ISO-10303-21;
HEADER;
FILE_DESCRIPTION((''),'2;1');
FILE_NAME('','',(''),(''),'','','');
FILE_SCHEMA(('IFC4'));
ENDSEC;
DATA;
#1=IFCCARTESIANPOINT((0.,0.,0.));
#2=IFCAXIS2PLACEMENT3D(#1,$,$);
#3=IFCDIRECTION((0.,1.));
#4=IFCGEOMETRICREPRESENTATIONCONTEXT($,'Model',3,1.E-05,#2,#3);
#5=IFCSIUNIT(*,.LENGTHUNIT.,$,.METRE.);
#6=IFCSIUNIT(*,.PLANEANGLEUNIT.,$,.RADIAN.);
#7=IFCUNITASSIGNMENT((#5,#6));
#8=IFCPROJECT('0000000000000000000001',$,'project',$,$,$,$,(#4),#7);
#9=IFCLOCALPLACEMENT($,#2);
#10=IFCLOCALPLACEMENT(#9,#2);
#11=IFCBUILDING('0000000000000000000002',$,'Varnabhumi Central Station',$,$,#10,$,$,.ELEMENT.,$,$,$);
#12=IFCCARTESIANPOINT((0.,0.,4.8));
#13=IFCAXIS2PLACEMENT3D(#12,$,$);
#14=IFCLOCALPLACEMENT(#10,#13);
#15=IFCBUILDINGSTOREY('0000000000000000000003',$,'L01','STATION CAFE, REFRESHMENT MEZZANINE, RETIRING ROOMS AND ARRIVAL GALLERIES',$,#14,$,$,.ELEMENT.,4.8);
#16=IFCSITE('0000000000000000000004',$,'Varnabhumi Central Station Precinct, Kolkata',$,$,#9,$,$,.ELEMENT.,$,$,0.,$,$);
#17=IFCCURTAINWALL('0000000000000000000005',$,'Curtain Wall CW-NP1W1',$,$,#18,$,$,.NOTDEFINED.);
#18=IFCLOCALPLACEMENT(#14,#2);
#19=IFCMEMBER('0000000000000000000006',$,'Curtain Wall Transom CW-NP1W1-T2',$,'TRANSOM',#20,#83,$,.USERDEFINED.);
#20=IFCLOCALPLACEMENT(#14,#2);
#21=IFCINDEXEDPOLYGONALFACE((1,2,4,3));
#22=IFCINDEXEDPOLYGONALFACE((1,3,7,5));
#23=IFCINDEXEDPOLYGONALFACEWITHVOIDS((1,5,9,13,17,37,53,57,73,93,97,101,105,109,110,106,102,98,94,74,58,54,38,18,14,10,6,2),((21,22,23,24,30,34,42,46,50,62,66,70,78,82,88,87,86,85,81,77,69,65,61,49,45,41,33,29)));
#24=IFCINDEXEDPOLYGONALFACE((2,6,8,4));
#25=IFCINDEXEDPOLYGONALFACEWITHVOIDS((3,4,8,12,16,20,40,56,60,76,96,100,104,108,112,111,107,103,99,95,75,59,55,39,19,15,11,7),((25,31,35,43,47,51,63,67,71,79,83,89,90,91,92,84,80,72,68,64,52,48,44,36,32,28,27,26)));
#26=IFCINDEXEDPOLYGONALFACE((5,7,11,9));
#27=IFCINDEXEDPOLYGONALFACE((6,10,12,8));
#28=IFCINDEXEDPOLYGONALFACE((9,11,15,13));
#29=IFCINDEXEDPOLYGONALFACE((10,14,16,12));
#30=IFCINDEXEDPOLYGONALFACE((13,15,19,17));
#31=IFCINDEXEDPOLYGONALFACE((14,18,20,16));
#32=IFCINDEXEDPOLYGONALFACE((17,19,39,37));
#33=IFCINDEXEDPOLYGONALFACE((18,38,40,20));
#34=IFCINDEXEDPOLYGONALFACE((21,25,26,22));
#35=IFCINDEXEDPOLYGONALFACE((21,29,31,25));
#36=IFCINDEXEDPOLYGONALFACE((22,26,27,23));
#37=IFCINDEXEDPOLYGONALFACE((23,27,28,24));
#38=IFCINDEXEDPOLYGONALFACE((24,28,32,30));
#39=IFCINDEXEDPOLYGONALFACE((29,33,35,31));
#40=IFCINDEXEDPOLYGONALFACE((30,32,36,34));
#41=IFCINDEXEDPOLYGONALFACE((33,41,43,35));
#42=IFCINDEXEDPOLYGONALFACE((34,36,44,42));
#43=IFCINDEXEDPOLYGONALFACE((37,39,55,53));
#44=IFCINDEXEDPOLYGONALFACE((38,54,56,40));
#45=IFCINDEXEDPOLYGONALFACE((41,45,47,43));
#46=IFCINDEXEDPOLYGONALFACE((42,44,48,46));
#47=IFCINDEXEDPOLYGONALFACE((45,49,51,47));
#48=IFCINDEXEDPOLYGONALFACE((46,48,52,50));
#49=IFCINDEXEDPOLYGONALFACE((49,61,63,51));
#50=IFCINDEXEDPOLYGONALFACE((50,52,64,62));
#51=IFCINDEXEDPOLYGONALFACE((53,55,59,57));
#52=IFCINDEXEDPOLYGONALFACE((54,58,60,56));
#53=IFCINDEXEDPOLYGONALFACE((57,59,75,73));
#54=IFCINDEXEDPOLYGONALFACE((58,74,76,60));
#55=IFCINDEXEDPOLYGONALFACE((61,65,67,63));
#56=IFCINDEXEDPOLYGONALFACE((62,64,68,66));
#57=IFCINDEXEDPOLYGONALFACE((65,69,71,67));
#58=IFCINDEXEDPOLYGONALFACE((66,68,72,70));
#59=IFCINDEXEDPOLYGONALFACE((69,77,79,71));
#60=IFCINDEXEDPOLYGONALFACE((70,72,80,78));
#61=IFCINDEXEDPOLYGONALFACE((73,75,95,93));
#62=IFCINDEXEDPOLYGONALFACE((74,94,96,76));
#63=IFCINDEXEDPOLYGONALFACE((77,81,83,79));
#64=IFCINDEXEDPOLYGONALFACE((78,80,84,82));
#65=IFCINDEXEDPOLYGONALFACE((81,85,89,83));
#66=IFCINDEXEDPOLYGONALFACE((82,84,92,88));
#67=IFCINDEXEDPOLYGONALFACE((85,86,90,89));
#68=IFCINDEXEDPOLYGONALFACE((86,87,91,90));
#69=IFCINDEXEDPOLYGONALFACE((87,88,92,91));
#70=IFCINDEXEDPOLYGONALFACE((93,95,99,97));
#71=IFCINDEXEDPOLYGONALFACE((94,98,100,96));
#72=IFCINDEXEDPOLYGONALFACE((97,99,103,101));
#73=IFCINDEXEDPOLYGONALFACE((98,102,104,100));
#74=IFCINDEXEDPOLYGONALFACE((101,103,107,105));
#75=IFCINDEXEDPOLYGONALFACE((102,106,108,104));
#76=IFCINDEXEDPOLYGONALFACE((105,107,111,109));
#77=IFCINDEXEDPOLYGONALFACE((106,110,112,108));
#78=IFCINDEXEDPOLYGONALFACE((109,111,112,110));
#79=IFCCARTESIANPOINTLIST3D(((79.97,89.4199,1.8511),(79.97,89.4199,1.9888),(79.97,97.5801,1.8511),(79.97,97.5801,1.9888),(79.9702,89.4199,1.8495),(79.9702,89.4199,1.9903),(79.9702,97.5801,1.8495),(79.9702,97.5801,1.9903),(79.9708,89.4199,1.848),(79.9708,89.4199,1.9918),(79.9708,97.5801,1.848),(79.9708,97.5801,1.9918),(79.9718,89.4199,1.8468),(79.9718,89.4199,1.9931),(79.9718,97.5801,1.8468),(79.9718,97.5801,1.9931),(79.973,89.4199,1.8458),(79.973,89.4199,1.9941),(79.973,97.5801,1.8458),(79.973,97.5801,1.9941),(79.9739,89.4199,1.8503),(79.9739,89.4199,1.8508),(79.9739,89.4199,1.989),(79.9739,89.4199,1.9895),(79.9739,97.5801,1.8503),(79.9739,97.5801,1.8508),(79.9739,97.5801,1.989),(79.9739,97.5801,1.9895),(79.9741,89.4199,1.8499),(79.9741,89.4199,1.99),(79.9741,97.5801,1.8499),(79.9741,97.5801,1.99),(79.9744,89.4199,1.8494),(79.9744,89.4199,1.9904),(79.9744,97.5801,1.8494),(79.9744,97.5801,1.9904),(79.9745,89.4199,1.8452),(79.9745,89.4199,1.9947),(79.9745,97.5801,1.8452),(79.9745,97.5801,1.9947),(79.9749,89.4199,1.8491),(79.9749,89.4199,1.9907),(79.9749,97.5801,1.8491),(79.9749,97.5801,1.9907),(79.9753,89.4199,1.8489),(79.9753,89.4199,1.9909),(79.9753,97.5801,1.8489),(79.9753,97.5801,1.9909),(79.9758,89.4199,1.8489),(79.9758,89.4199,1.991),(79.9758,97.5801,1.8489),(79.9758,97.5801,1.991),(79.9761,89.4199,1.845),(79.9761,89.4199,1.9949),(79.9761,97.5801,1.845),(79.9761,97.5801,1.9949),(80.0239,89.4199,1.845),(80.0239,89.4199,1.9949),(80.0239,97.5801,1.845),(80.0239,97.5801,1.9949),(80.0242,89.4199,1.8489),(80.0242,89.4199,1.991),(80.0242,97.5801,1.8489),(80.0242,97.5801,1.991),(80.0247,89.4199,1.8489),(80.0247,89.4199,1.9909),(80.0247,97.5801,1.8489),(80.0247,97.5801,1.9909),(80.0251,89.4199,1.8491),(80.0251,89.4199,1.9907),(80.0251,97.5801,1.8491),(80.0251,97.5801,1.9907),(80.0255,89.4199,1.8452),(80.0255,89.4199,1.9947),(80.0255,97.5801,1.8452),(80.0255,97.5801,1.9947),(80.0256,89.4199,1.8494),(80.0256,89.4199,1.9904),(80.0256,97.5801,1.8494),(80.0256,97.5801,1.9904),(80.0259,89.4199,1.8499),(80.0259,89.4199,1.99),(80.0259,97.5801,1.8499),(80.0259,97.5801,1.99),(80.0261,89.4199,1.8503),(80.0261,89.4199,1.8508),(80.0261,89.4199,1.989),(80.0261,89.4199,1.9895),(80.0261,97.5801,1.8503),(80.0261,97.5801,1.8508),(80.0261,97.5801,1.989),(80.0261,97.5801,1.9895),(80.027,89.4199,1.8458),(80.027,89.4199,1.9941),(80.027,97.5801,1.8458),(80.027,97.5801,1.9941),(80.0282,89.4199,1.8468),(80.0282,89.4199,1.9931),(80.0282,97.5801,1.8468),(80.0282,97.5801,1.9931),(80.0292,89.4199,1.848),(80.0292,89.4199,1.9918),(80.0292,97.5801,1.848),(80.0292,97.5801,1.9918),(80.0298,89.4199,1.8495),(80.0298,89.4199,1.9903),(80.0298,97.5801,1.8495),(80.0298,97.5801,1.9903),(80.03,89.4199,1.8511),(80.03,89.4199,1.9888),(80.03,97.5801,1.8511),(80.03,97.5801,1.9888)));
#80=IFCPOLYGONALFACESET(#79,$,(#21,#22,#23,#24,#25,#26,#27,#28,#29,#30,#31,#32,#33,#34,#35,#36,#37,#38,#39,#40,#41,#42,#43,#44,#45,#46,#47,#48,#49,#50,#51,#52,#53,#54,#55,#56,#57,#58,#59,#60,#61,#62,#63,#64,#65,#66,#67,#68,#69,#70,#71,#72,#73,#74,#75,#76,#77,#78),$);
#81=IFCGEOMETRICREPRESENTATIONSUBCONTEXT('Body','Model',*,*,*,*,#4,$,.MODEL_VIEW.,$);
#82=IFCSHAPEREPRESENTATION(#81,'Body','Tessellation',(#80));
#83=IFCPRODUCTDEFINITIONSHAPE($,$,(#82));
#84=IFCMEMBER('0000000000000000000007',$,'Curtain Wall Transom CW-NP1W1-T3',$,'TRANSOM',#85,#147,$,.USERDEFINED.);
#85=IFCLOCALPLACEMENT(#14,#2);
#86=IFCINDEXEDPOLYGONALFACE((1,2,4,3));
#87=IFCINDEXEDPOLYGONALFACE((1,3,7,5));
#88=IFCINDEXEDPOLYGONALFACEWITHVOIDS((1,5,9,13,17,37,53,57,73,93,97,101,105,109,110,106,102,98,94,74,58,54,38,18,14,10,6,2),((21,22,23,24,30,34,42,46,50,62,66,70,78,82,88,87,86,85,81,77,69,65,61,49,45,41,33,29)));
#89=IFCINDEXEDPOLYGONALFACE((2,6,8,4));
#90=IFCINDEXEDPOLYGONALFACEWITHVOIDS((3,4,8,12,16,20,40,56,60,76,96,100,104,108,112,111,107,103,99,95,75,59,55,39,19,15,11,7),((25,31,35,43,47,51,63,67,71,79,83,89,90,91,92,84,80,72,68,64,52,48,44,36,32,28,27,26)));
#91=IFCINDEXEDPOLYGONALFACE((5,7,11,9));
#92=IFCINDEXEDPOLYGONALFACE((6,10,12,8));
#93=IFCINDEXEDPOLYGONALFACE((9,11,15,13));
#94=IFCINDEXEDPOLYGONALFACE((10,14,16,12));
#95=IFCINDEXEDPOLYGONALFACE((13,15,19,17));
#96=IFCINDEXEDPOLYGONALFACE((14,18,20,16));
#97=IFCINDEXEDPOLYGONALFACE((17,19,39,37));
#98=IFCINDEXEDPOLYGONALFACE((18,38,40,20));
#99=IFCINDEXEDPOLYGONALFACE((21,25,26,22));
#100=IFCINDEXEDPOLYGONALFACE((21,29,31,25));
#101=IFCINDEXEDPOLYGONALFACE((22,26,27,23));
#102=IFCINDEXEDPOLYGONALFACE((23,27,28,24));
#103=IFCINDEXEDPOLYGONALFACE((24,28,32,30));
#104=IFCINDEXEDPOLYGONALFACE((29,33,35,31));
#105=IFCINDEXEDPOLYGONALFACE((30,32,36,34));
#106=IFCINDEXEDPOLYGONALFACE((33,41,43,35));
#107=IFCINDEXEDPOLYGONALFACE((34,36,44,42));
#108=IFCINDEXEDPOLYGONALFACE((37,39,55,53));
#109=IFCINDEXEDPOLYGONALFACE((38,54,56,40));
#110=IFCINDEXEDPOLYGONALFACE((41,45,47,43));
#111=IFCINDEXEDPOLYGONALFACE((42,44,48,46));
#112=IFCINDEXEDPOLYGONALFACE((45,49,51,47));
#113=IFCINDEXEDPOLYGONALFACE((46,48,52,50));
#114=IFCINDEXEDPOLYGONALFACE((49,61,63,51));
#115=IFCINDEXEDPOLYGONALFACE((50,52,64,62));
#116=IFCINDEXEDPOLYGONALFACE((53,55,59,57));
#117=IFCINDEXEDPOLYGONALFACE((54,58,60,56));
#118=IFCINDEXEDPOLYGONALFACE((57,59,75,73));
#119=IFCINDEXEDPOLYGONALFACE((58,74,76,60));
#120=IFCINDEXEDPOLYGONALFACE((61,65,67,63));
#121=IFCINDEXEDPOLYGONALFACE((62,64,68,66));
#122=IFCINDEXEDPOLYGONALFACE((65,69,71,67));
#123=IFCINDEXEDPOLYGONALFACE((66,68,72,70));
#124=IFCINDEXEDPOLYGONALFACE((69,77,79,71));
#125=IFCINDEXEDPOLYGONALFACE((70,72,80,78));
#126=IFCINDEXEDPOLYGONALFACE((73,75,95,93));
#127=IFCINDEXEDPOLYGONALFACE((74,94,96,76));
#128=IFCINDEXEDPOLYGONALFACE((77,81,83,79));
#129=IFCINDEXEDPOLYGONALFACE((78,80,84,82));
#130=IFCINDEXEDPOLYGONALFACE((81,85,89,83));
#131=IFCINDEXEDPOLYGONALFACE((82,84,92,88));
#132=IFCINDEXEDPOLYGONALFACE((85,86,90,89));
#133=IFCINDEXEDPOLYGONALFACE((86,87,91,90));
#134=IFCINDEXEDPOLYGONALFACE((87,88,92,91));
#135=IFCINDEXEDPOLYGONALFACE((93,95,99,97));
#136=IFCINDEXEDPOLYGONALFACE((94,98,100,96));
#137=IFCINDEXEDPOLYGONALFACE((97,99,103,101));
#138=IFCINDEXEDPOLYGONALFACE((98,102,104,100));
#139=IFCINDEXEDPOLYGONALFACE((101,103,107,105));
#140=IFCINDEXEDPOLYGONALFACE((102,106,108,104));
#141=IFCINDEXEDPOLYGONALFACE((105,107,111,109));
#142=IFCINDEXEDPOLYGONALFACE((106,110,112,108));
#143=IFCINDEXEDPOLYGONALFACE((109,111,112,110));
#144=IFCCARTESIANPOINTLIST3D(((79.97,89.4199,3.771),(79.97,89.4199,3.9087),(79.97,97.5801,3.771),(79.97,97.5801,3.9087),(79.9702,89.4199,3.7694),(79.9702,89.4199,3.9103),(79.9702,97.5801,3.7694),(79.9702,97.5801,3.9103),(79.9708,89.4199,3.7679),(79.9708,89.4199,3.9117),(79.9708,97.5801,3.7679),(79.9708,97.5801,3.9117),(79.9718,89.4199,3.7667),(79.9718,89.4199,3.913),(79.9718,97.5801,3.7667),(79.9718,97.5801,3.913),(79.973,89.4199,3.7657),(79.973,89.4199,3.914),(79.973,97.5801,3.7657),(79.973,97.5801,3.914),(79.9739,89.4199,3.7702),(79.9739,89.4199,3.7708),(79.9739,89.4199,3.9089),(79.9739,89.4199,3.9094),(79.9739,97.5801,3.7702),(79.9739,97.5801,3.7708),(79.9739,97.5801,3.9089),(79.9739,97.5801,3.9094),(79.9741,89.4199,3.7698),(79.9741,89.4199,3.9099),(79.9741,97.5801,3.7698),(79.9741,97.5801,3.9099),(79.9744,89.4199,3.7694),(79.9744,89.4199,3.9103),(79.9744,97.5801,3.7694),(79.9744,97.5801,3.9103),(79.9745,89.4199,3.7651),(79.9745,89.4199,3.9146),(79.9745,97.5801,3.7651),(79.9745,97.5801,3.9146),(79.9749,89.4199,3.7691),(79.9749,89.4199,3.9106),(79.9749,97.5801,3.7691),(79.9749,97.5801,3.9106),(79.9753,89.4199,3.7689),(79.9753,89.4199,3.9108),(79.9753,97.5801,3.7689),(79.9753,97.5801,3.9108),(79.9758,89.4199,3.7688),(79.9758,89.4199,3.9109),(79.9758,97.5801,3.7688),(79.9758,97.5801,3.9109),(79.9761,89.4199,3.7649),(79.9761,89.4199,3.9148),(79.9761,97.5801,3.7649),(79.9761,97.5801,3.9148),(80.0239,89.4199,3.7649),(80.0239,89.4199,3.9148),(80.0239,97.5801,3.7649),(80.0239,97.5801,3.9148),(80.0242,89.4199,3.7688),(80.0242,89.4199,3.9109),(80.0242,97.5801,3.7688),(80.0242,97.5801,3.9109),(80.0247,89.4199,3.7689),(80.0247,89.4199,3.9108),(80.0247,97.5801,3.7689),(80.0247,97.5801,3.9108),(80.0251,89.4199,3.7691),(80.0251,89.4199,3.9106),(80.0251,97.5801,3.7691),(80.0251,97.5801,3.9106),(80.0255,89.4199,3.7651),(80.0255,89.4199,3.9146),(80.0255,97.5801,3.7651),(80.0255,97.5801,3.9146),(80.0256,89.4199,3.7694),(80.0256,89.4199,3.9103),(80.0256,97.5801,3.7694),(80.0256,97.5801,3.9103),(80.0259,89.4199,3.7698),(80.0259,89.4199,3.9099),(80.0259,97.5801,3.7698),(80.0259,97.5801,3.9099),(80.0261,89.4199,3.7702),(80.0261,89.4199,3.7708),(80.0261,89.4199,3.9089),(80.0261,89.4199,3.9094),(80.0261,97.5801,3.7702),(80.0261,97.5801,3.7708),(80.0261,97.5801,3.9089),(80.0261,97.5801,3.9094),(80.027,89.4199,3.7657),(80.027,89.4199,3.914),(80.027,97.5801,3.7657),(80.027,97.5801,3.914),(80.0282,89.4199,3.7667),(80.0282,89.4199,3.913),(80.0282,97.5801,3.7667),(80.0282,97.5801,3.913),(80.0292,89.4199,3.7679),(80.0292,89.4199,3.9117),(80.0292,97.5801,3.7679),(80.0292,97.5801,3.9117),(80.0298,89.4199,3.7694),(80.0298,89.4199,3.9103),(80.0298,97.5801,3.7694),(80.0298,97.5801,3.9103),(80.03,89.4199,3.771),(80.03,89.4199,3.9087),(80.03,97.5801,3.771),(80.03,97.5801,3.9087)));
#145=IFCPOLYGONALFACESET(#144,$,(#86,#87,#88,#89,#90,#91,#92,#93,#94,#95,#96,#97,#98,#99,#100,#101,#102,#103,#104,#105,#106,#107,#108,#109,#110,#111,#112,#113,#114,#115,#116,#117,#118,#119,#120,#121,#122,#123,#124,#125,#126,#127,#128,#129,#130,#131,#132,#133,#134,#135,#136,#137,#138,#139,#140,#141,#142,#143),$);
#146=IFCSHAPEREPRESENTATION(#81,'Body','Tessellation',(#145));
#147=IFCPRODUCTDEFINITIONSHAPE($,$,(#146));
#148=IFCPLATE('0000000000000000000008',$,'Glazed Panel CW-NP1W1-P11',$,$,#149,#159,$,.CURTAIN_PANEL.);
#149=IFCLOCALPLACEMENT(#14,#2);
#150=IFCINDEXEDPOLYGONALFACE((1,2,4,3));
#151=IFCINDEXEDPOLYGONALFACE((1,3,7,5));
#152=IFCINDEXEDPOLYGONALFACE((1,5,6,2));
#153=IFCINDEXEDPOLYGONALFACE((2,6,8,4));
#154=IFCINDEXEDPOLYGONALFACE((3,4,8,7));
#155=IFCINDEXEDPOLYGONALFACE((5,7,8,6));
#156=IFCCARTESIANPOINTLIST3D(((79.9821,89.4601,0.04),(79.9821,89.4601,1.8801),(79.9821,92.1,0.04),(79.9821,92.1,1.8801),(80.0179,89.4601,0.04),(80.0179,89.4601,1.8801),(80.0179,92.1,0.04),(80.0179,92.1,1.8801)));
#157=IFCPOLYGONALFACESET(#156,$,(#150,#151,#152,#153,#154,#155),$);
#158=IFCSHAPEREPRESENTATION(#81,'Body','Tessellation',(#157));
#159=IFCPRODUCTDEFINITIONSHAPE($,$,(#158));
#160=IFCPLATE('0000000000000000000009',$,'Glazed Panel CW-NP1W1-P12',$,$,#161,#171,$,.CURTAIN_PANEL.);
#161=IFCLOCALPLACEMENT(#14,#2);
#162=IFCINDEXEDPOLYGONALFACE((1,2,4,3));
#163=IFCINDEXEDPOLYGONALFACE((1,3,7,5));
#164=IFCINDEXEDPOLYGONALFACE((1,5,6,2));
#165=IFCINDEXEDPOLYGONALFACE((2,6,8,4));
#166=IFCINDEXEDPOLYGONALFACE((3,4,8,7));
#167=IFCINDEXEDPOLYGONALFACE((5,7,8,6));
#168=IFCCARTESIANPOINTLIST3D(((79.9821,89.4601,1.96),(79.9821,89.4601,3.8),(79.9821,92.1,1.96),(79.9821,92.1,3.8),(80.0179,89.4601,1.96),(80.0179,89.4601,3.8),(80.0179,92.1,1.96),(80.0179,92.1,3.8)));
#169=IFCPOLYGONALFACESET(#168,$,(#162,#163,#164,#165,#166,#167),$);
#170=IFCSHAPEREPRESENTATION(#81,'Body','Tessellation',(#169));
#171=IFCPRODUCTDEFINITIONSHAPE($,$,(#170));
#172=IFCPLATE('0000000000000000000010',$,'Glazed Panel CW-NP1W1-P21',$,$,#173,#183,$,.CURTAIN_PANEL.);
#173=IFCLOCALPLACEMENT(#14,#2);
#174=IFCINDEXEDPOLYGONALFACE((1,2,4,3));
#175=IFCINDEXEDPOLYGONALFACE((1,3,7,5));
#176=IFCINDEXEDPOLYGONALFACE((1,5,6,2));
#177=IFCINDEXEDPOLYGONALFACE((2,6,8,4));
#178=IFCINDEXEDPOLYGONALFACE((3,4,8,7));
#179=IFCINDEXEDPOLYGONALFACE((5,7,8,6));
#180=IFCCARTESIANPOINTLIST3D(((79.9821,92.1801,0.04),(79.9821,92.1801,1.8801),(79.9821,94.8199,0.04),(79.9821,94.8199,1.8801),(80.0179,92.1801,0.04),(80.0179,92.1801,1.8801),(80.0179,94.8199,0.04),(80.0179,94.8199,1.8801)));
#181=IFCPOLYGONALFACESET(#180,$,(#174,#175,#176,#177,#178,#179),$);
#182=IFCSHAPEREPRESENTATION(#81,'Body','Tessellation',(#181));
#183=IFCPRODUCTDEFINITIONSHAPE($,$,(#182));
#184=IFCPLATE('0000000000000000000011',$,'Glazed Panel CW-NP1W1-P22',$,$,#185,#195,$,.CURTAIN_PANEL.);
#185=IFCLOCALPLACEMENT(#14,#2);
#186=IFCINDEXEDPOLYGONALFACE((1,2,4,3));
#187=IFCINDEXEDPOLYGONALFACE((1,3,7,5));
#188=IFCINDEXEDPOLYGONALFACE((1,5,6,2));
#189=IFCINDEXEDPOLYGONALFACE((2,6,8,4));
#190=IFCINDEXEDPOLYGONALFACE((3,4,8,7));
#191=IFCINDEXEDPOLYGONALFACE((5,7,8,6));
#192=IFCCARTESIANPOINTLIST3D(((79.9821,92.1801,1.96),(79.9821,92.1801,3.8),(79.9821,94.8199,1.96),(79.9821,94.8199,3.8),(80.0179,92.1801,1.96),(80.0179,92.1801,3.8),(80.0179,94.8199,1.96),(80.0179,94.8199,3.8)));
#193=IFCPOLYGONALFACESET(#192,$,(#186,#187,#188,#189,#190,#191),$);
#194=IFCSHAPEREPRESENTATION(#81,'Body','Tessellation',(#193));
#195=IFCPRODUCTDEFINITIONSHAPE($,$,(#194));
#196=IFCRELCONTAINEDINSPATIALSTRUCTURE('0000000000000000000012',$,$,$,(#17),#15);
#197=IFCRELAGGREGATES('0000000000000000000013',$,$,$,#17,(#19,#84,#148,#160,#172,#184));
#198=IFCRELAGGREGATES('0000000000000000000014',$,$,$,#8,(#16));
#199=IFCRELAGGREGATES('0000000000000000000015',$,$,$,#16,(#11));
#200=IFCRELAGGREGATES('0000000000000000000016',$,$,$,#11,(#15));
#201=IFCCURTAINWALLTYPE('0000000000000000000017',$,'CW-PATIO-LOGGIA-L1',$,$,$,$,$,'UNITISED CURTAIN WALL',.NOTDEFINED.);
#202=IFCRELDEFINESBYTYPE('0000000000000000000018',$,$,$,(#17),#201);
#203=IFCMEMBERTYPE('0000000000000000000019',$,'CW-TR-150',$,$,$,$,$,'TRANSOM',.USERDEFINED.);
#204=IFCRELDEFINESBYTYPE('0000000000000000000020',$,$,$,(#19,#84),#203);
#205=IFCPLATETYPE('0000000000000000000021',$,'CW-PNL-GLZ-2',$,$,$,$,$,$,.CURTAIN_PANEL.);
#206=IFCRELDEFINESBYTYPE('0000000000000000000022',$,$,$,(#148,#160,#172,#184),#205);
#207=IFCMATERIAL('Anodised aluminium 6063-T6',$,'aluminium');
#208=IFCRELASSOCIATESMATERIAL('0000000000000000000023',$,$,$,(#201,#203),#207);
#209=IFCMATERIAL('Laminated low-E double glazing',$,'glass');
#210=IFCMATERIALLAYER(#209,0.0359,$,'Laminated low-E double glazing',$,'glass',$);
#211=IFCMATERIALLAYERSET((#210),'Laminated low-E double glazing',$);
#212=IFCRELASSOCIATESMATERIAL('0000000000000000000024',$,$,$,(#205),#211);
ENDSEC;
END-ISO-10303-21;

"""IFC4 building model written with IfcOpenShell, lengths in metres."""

from ifc_helpers import new_model, si_unit, direction, frame, origin, origin_2d, place, context, subcontext, project, spatial, rectangle, hollow_rectangle, extrude, material, layer, layer_set, material_profile, profile_set, type_object, element, aggregate, save


model = new_model("IFC4")

# Units and contexts
model_context = context("Model", 3, precision=1e-05, world=origin(), true_north=direction((0.0, 1.0)))
body_context = subcontext(model_context, "Body", "Model", "MODEL_VIEW")
ifc_project = project(units=[si_unit("LENGTHUNIT", "METRE"), si_unit("PLANEANGLEUNIT", "RADIAN")], contexts=[model_context])

# Site, building, storey
site_placement = place(None, origin())
site = spatial("IfcSite", under=ifc_project, at=site_placement, Name="Varnabhumi Central Station Precinct, Kolkata", CompositionType="ELEMENT", RefElevation=0.0)
building_placement = place(site_placement, origin())
building = spatial("IfcBuilding", under=site, at=building_placement, Name="Varnabhumi Central Station", CompositionType="ELEMENT")
storey_placement = place(building_placement, frame((0.0, 0.0, 4.8)))
storey = spatial("IfcBuildingStorey", under=building, at=storey_placement, Name="L01", Description="STATION CAFE, REFRESHMENT MEZZANINE, RETIRING ROOMS AND ARRIVAL GALLERIES", CompositionType="ELEMENT", Elevation=4.8)

# Curtain wall, members, plates
ifc_material_1 = material(Name="Anodised aluminium 6063-T6", Category="aluminium")
curtain_wall_type = type_object("IfcCurtainWallType", Name="CW-PATIO-LOGGIA-L1", ElementType="UNITISED CURTAIN WALL", PredefinedType="NOTDEFINED", material=ifc_material_1)
curtain_wall_placement = place(storey_placement, origin())
curtain_wall = element("IfcCurtainWall", 1, at=curtain_wall_placement, inside=storey, type_object=curtain_wall_type, Name="Curtain Wall CW-NP1W1", PredefinedType="NOTDEFINED")
ifc_material_profile_1 = material_profile(ifc_material_1, hollow_rectangle(XDim=0.0601, YDim=0.1499, WallThickness=0.0039, InnerFilletRadius=0.002, OuterFilletRadius=0.0061, at=origin_2d()), Name="Anodised aluminium 6063-T6", Category="aluminium")
ifc_profile_set_1 = profile_set([ifc_material_profile_1], Name="Anodised aluminium 6063-T6")
member_type_1 = type_object("IfcMemberType", Name="CW-TR-150", ElementType="TRANSOM", PredefinedType="USERDEFINED", material=ifc_profile_set_1)
member_1_placement = place(storey_placement, frame((80.0, 89.4199, 1.9199), z_axis=(0.0, 1.0, 0.0), x_axis=(-1.0, 0.0, 0.0)))
member_1 = element("IfcMember", 2, at=member_1_placement, type_object=member_type_1, Name="Curtain Wall Transom CW-NP1W1-T2", ObjectType="TRANSOM", PredefinedType="USERDEFINED", context=body_context, shape_type="SweptSolid", body=[
    extrude(hollow_rectangle(XDim=0.0601, YDim=0.1499, WallThickness=0.0039, InnerFilletRadius=0.002, OuterFilletRadius=0.0061, at=origin_2d()), origin(), (0.0, 0.0, 1.0), 8.1602),
])
member_2_placement = place(storey_placement, frame((80.0, 89.4199, 3.8398), z_axis=(0.0, 1.0, 0.0), x_axis=(-1.0, 0.0, 0.0)))
member_2 = element("IfcMember", 3, at=member_2_placement, type_object=member_type_1, Name="Curtain Wall Transom CW-NP1W1-T3", ObjectType="TRANSOM", PredefinedType="USERDEFINED", context=body_context, shape_type="SweptSolid", body=[
    extrude(hollow_rectangle(XDim=0.0601, YDim=0.1499, WallThickness=0.0039, InnerFilletRadius=0.002, OuterFilletRadius=0.0061, at=origin_2d()), origin(), (0.0, 0.0, 1.0), 8.1602),
])
ifc_material_2 = material(Name="Laminated low-E double glazing", Category="glass")
ifc_layer = layer(ifc_material_2, 0.0359, Name="Laminated low-E double glazing", Category="glass")
ifc_layer_set = layer_set([ifc_layer], Name="Laminated low-E double glazing")
plate_type = type_object("IfcPlateType", Name="CW-PNL-GLZ-2", PredefinedType="CURTAIN_PANEL", material=ifc_layer_set)
plate_1_placement = place(storey_placement, frame((80.0, 90.78, 0.04), z_axis=(0.0, 0.0, 1.0), x_axis=(0.0, 1.0, 0.0)))
plate_1 = element("IfcPlate", 4, at=plate_1_placement, type_object=plate_type, Name="Glazed Panel CW-NP1W1-P11", PredefinedType="CURTAIN_PANEL", context=body_context, shape_type="SweptSolid", body=[
    extrude(rectangle(XDim=2.6399, YDim=0.0359, at=origin_2d()), origin(), (0.0, 0.0, 1.0), 1.8401),
])
plate_2_placement = place(storey_placement, frame((80.0, 90.78, 1.96), z_axis=(0.0, 0.0, 1.0), x_axis=(0.0, 1.0, 0.0)))
plate_2 = element("IfcPlate", 5, at=plate_2_placement, type_object=plate_type, Name="Glazed Panel CW-NP1W1-P12", PredefinedType="CURTAIN_PANEL", context=body_context, shape_type="SweptSolid", body=[
    extrude(rectangle(XDim=2.6399, YDim=0.0359, at=origin_2d()), origin(), (0.0, 0.0, 1.0), 1.8401),
])
plate_3_placement = place(storey_placement, frame((80.0, 93.5, 0.04), z_axis=(0.0, 0.0, 1.0), x_axis=(0.0, 1.0, 0.0)))
plate_3 = element("IfcPlate", 6, at=plate_3_placement, type_object=plate_type, Name="Glazed Panel CW-NP1W1-P21", PredefinedType="CURTAIN_PANEL", context=body_context, shape_type="SweptSolid", body=[
    extrude(rectangle(XDim=2.6399, YDim=0.0359, at=origin_2d()), origin(), (0.0, 0.0, 1.0), 1.8401),
])
plate_4_placement = place(storey_placement, frame((80.0, 93.5, 1.96), z_axis=(0.0, 0.0, 1.0), x_axis=(0.0, 1.0, 0.0)))
plate_4 = element("IfcPlate", 7, at=plate_4_placement, type_object=plate_type, Name="Glazed Panel CW-NP1W1-P22", PredefinedType="CURTAIN_PANEL", context=body_context, shape_type="SweptSolid", body=[
    extrude(rectangle(XDim=2.6399, YDim=0.0359, at=origin_2d()), origin(), (0.0, 0.0, 1.0), 1.8401),
])
aggregate(curtain_wall, [member_1, member_2, plate_1, plate_2, plate_3, plate_4])

save(model, "model.ifc")
